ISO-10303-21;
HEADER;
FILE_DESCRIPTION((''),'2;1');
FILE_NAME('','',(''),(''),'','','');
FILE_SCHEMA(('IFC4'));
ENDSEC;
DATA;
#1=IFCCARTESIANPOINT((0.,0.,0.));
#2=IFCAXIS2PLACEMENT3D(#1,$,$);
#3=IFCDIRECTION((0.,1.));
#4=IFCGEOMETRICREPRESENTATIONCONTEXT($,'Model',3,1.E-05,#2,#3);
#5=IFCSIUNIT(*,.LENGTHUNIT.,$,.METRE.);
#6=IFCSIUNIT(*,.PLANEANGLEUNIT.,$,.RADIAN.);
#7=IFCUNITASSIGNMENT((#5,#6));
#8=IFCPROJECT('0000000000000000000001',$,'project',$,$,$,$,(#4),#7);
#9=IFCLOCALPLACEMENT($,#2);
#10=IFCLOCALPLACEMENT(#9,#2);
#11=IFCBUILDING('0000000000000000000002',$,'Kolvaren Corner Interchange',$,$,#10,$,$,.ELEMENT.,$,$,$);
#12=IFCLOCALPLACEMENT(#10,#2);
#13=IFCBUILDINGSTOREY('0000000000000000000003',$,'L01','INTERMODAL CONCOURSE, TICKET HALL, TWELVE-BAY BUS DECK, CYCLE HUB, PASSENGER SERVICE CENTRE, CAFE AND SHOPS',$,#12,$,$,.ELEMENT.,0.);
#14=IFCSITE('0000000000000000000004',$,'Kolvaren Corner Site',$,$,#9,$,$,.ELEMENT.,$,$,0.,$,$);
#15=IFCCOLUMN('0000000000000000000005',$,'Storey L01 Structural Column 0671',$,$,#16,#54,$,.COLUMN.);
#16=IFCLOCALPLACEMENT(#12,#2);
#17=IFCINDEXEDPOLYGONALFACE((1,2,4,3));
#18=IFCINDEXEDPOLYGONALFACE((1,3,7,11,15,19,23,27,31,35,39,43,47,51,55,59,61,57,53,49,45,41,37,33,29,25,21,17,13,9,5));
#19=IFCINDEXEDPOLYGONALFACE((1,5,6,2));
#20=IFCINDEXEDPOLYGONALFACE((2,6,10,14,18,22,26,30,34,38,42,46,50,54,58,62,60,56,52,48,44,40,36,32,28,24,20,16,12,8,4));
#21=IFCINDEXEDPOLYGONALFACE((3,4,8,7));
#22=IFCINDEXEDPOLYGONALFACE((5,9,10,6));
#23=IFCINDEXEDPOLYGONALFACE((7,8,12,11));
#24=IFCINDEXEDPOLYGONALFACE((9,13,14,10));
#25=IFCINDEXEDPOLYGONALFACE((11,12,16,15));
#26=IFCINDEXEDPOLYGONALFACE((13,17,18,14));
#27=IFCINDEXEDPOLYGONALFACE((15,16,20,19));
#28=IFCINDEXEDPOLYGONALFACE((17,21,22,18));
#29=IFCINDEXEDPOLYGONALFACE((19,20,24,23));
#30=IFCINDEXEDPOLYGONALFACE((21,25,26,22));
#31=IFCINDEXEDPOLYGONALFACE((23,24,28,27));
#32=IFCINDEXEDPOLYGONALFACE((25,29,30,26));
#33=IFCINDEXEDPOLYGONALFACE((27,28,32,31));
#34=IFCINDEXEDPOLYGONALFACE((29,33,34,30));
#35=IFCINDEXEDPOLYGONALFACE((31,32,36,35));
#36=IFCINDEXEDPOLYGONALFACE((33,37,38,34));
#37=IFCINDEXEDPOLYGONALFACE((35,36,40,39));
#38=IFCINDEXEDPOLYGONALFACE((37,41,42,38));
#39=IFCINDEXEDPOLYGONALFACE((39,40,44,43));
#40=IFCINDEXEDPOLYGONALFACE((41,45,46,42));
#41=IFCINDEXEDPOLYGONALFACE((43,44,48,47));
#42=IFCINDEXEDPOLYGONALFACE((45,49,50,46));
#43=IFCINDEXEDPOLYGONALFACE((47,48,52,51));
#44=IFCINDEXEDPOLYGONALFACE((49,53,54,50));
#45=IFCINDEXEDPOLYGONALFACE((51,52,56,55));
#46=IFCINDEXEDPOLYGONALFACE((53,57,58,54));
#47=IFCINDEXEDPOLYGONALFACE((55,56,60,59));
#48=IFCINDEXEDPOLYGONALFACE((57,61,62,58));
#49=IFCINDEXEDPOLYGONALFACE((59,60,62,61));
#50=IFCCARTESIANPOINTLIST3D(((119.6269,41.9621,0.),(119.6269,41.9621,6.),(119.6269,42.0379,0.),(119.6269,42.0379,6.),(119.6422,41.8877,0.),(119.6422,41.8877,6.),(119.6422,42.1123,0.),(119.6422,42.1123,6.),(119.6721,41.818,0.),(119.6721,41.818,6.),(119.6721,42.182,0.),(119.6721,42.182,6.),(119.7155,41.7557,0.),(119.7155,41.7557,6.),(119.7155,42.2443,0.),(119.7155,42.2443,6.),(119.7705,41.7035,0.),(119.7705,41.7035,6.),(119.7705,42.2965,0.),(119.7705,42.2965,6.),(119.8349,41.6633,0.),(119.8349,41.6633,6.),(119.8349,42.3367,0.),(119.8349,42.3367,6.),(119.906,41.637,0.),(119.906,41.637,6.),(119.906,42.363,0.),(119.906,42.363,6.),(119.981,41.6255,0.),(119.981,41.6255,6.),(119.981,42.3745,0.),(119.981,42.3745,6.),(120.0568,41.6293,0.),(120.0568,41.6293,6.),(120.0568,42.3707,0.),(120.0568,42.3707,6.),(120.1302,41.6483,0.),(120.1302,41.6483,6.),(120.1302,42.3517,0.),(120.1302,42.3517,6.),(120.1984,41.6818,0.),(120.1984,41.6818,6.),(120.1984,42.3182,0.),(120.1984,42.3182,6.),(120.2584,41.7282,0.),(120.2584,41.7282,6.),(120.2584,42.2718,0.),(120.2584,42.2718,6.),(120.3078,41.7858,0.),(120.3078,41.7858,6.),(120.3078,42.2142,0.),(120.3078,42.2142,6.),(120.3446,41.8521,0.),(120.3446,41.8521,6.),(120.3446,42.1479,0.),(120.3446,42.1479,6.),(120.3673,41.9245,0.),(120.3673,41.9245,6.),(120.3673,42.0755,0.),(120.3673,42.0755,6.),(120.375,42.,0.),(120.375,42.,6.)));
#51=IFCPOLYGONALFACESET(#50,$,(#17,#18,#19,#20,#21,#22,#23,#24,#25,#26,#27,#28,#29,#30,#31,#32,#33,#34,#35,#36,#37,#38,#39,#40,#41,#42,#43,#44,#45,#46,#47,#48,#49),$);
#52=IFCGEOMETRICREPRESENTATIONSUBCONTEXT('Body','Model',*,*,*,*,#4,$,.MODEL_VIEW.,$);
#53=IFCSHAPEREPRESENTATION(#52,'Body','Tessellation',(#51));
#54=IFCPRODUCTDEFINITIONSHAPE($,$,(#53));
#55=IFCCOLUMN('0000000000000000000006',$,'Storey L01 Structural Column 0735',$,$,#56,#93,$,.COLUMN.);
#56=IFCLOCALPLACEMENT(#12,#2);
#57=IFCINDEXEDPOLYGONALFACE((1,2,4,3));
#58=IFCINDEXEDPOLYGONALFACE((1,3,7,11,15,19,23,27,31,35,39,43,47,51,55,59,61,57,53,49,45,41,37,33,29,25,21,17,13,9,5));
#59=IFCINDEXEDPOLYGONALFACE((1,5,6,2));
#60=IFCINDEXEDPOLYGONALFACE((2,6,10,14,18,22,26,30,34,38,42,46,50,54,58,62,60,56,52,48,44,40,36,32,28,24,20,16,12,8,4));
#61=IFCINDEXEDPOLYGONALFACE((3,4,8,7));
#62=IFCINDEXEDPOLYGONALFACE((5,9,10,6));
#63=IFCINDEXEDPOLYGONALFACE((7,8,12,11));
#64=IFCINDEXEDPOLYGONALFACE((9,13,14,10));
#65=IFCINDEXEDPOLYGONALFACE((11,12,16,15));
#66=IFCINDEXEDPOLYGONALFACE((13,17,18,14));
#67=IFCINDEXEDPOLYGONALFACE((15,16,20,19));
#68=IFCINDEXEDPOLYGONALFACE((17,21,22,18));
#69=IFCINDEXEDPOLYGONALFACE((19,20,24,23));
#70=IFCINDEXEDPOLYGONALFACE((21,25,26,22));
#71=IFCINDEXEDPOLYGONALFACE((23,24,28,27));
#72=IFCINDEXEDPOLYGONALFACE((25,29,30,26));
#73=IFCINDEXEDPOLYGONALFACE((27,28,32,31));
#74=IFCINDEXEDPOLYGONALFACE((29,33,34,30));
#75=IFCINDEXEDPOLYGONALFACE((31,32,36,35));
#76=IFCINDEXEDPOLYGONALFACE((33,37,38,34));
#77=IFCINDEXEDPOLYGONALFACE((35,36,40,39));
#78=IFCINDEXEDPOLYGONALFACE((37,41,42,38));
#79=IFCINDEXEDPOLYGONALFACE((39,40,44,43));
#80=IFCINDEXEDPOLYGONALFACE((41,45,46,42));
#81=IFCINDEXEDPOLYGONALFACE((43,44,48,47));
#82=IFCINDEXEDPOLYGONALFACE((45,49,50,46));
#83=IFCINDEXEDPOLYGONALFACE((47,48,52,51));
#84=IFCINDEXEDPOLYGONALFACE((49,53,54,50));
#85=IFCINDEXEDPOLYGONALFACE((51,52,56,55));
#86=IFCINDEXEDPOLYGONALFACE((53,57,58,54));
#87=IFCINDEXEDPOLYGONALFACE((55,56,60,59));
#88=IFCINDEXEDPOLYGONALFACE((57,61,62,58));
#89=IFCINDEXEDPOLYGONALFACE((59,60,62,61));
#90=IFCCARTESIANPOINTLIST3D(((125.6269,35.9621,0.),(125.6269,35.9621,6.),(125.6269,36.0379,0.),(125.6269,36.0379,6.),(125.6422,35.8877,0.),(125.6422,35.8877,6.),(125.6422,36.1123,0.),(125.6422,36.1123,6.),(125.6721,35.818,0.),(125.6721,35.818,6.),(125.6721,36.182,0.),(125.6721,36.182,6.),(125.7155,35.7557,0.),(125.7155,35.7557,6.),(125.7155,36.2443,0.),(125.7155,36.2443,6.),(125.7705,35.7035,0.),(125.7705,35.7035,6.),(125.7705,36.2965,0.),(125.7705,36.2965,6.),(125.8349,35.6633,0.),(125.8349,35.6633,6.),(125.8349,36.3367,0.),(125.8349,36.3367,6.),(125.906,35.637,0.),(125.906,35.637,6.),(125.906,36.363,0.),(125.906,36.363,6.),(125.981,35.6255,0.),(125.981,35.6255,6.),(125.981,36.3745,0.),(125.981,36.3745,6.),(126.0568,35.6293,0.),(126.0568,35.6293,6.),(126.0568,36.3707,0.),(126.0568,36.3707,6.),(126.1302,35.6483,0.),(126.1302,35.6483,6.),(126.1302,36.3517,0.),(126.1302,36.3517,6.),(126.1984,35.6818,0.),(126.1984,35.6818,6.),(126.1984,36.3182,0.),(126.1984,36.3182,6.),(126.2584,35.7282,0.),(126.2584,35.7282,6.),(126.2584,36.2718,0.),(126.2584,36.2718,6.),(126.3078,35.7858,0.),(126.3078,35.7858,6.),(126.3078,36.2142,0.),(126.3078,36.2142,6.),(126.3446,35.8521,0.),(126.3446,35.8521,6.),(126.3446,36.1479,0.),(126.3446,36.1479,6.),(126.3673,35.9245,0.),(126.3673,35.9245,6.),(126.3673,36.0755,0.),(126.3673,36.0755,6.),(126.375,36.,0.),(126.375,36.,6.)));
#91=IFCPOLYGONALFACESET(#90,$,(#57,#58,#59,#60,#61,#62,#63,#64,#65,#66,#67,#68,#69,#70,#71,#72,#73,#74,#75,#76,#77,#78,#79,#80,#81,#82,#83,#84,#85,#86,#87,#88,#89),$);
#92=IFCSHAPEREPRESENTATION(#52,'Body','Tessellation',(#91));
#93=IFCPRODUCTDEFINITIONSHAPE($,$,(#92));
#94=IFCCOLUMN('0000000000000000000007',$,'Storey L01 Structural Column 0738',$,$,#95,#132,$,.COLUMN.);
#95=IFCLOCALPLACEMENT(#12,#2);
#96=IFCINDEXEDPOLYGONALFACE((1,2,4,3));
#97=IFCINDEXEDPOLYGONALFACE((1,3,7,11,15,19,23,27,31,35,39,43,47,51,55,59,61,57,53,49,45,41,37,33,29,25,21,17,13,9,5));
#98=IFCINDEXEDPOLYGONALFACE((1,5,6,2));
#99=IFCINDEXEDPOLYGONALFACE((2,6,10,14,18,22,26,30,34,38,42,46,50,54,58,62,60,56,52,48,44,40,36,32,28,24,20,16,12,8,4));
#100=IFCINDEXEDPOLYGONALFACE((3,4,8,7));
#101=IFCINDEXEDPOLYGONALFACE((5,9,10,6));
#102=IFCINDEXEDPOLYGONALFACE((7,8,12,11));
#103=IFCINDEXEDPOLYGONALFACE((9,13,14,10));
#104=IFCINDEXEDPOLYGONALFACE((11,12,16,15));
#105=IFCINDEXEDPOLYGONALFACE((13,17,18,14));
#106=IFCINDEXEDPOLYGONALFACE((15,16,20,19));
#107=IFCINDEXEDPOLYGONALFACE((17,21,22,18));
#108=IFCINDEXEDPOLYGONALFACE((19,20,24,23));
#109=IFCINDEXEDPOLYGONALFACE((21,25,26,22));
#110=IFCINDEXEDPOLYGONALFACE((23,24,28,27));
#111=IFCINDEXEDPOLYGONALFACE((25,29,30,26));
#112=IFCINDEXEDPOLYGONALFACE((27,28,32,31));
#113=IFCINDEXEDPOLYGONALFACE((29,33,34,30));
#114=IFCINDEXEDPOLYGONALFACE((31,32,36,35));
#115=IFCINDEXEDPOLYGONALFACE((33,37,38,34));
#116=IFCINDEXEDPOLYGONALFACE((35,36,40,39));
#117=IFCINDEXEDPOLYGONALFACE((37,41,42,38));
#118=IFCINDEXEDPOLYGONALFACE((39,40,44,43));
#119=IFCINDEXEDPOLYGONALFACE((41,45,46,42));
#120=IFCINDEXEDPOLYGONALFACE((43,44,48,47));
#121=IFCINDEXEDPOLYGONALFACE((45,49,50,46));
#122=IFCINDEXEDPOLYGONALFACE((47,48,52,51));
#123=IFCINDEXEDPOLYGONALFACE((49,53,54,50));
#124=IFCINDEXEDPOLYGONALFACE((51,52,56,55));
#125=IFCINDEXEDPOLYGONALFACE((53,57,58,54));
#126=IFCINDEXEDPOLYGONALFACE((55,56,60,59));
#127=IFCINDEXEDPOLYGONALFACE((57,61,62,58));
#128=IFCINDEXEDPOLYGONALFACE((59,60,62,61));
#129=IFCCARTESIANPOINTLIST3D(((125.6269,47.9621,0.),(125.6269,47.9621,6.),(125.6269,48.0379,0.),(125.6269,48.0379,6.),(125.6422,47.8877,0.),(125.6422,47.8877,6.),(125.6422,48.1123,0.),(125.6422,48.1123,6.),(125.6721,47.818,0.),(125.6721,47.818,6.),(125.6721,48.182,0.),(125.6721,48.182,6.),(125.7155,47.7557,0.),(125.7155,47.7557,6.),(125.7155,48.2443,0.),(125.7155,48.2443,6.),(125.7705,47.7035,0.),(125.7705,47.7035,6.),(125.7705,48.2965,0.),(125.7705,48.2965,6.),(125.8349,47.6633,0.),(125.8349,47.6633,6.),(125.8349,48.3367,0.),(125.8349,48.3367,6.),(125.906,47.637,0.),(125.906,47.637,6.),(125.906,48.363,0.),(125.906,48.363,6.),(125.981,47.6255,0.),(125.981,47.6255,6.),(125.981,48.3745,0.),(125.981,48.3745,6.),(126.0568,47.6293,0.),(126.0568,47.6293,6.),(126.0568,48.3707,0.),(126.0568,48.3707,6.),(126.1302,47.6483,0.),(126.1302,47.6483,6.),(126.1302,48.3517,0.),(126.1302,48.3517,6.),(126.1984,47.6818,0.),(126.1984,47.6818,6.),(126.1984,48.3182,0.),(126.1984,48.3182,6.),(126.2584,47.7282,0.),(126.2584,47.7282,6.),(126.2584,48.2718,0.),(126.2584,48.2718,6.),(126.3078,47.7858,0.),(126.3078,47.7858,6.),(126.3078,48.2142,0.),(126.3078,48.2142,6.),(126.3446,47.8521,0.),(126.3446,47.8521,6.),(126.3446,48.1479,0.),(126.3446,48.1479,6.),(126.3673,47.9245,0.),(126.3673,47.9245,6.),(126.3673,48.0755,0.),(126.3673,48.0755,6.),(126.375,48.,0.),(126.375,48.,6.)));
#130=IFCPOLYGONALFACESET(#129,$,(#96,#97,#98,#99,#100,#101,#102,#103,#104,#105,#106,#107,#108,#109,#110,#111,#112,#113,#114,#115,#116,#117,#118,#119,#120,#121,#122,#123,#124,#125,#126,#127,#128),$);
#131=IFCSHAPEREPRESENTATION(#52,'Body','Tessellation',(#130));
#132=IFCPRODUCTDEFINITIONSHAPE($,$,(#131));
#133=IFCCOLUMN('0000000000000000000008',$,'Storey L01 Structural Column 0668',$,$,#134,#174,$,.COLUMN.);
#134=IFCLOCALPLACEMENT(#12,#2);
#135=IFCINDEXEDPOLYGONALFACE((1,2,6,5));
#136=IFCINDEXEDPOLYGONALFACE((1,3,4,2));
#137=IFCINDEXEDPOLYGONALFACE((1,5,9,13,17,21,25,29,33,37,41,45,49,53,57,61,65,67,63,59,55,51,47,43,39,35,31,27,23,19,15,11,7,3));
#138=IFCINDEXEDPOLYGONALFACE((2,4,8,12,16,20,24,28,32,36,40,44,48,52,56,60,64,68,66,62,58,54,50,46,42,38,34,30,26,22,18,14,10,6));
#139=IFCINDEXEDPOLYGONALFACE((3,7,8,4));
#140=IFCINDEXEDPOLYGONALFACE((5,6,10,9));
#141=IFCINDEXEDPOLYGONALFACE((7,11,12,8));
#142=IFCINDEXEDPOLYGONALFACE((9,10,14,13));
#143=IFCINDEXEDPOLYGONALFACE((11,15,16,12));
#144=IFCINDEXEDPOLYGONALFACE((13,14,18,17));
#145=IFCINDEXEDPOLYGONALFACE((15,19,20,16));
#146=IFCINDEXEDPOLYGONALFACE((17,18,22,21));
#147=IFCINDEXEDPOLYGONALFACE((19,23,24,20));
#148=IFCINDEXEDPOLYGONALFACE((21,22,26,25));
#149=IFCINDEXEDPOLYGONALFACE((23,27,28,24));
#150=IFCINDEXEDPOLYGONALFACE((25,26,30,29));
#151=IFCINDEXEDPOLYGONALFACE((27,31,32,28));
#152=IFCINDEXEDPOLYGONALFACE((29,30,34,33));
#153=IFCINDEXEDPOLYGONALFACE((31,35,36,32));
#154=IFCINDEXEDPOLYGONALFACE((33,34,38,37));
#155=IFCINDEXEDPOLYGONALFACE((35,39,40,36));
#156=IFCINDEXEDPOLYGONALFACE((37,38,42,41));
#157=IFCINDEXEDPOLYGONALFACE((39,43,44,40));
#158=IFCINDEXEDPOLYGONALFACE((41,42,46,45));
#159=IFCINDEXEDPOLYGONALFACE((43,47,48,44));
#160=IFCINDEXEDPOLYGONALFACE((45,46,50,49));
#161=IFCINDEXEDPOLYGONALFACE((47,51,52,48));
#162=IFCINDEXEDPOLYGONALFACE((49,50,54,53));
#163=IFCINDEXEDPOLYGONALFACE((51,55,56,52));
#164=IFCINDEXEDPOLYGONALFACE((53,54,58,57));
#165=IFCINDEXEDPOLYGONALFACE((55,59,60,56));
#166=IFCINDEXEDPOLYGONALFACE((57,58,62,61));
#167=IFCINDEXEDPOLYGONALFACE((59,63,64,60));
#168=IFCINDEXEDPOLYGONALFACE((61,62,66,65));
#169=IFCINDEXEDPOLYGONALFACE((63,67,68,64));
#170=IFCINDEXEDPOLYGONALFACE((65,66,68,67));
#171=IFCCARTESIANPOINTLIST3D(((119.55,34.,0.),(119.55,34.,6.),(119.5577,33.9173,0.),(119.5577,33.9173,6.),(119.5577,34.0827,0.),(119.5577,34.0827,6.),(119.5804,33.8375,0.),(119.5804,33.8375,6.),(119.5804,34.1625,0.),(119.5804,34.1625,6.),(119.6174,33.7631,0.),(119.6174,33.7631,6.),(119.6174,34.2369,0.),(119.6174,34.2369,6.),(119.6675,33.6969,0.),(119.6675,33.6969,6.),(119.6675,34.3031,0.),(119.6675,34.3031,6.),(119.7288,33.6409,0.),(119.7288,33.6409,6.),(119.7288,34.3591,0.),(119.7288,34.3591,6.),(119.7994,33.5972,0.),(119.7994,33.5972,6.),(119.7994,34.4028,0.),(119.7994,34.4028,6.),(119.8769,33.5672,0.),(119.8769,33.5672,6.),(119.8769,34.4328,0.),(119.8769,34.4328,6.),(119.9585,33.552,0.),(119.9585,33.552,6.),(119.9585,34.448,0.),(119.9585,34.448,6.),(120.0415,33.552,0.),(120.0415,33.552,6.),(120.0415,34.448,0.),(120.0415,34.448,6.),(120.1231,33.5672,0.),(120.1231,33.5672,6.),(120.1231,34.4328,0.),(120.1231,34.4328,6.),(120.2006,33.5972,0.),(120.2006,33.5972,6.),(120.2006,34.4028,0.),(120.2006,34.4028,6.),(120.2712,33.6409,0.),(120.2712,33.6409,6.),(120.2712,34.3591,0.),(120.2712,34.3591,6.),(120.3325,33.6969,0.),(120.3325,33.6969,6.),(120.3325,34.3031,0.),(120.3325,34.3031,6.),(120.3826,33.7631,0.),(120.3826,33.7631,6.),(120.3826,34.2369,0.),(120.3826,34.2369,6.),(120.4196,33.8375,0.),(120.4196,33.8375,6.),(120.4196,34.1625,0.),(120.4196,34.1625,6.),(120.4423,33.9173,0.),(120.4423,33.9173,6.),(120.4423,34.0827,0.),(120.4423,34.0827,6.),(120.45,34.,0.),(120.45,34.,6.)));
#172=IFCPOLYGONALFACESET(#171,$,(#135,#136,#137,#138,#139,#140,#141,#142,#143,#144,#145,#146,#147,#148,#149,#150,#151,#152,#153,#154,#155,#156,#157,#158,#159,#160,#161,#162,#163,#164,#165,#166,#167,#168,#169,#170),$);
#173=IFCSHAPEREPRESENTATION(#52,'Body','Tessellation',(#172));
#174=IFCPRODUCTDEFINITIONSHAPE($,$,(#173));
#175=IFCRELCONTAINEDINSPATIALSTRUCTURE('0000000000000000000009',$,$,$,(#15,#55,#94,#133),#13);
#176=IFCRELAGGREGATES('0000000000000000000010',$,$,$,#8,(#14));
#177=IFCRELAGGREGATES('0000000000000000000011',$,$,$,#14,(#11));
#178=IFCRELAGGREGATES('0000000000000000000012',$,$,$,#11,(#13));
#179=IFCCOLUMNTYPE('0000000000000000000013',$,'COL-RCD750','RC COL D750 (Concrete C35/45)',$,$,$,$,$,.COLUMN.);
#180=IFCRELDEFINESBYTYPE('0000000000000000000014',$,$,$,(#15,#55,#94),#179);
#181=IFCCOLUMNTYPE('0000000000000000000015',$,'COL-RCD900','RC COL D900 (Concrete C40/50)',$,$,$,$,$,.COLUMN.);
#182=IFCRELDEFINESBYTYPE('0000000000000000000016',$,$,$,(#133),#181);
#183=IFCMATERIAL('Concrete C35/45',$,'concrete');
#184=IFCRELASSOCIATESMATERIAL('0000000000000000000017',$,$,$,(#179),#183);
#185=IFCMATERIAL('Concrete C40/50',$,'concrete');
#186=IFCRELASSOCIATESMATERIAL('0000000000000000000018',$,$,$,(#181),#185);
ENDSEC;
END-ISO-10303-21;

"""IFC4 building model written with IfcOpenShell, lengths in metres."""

from ifc_helpers import new_model, si_unit, direction, frame, origin, origin_2d, place, context, subcontext, project, spatial, circle, extrude, material, material_profile, profile_set, type_object, element, save


model = new_model("IFC4")

# Units and contexts
model_context = context("Model", 3, precision=1e-05, world=origin(), true_north=direction((0.0, 1.0)))
body_context = subcontext(model_context, "Body", "Model", "MODEL_VIEW")
ifc_project = project(units=[si_unit("LENGTHUNIT", "METRE"), si_unit("PLANEANGLEUNIT", "RADIAN")], contexts=[model_context])

# Site, building, storey
site_placement = place(None, origin())
site = spatial("IfcSite", under=ifc_project, at=site_placement, Name="Kolvaren Corner Site", CompositionType="ELEMENT", RefElevation=0.0)
building_placement = place(site_placement, origin())
building = spatial("IfcBuilding", under=site, at=building_placement, Name="Kolvaren Corner Interchange", CompositionType="ELEMENT")
storey_placement = place(building_placement, origin())
storey = spatial("IfcBuildingStorey", under=building, at=storey_placement, Name="L01", Description="INTERMODAL CONCOURSE, TICKET HALL, TWELVE-BAY BUS DECK, CYCLE HUB, PASSENGER SERVICE CENTRE, CAFE AND SHOPS", CompositionType="ELEMENT", Elevation=0.0)

# Columns
ifc_material_1 = material(Name="Concrete C35/45", Category="concrete")
ifc_material_profile_1 = material_profile(ifc_material_1, circle(Radius=0.375, at=origin_2d()), Name="RC COL D750")
ifc_profile_set_1 = profile_set([ifc_material_profile_1], Name="Concrete C35/45")
column_type_1 = type_object("IfcColumnType", Name="COL-RCD750", Description="RC COL D750 (Concrete C35/45)", PredefinedType="COLUMN", material=ifc_profile_set_1)
for number, where, z_axis, x_axis, name in (
    (1, (120.0, 42.0, 0.0), (0.0, 0.0, 1.0), (1.0, 0.0, 0.0), "Storey L01 Structural Column 0671"),
    (2, (126.0, 36.0, 0.0), (0.0, 0.0, 1.0), (1.0, 0.0, 0.0), "Storey L01 Structural Column 0735"),
    (3, (126.0, 48.0, 0.0), (0.0, 0.0, 1.0), (1.0, 0.0, 0.0), "Storey L01 Structural Column 0738"),
):
    element("IfcColumn", number, at=place(storey_placement, frame(where, z_axis=z_axis, x_axis=x_axis)), inside=storey, type_object=column_type_1, Name=name, PredefinedType="COLUMN", context=body_context, shape_type="SweptSolid", body=[
        extrude(circle(Radius=0.375, at=origin_2d()), origin(), (0.0, 0.0, 1.0), 6.0),
    ])
ifc_material_2 = material(Name="Concrete C40/50", Category="concrete")
ifc_material_profile_2 = material_profile(ifc_material_2, circle(Radius=0.45, at=origin_2d()), Name="RC COL D900")
ifc_profile_set_2 = profile_set([ifc_material_profile_2], Name="Concrete C40/50")
column_type_2 = type_object("IfcColumnType", Name="COL-RCD900", Description="RC COL D900 (Concrete C40/50)", PredefinedType="COLUMN", material=ifc_profile_set_2)
column_placement = place(storey_placement, frame((120.0, 34.0, 0.0), z_axis=(0.0, 0.0, 1.0), x_axis=(1.0, 0.0, 0.0)))
element("IfcColumn", 4, at=column_placement, inside=storey, type_object=column_type_2, Name="Storey L01 Structural Column 0668", PredefinedType="COLUMN", context=body_context, shape_type="SweptSolid", body=[
    extrude(circle(Radius=0.45, at=origin_2d()), origin(), (0.0, 0.0, 1.0), 6.0),
])

save(model, "model.ifc")
